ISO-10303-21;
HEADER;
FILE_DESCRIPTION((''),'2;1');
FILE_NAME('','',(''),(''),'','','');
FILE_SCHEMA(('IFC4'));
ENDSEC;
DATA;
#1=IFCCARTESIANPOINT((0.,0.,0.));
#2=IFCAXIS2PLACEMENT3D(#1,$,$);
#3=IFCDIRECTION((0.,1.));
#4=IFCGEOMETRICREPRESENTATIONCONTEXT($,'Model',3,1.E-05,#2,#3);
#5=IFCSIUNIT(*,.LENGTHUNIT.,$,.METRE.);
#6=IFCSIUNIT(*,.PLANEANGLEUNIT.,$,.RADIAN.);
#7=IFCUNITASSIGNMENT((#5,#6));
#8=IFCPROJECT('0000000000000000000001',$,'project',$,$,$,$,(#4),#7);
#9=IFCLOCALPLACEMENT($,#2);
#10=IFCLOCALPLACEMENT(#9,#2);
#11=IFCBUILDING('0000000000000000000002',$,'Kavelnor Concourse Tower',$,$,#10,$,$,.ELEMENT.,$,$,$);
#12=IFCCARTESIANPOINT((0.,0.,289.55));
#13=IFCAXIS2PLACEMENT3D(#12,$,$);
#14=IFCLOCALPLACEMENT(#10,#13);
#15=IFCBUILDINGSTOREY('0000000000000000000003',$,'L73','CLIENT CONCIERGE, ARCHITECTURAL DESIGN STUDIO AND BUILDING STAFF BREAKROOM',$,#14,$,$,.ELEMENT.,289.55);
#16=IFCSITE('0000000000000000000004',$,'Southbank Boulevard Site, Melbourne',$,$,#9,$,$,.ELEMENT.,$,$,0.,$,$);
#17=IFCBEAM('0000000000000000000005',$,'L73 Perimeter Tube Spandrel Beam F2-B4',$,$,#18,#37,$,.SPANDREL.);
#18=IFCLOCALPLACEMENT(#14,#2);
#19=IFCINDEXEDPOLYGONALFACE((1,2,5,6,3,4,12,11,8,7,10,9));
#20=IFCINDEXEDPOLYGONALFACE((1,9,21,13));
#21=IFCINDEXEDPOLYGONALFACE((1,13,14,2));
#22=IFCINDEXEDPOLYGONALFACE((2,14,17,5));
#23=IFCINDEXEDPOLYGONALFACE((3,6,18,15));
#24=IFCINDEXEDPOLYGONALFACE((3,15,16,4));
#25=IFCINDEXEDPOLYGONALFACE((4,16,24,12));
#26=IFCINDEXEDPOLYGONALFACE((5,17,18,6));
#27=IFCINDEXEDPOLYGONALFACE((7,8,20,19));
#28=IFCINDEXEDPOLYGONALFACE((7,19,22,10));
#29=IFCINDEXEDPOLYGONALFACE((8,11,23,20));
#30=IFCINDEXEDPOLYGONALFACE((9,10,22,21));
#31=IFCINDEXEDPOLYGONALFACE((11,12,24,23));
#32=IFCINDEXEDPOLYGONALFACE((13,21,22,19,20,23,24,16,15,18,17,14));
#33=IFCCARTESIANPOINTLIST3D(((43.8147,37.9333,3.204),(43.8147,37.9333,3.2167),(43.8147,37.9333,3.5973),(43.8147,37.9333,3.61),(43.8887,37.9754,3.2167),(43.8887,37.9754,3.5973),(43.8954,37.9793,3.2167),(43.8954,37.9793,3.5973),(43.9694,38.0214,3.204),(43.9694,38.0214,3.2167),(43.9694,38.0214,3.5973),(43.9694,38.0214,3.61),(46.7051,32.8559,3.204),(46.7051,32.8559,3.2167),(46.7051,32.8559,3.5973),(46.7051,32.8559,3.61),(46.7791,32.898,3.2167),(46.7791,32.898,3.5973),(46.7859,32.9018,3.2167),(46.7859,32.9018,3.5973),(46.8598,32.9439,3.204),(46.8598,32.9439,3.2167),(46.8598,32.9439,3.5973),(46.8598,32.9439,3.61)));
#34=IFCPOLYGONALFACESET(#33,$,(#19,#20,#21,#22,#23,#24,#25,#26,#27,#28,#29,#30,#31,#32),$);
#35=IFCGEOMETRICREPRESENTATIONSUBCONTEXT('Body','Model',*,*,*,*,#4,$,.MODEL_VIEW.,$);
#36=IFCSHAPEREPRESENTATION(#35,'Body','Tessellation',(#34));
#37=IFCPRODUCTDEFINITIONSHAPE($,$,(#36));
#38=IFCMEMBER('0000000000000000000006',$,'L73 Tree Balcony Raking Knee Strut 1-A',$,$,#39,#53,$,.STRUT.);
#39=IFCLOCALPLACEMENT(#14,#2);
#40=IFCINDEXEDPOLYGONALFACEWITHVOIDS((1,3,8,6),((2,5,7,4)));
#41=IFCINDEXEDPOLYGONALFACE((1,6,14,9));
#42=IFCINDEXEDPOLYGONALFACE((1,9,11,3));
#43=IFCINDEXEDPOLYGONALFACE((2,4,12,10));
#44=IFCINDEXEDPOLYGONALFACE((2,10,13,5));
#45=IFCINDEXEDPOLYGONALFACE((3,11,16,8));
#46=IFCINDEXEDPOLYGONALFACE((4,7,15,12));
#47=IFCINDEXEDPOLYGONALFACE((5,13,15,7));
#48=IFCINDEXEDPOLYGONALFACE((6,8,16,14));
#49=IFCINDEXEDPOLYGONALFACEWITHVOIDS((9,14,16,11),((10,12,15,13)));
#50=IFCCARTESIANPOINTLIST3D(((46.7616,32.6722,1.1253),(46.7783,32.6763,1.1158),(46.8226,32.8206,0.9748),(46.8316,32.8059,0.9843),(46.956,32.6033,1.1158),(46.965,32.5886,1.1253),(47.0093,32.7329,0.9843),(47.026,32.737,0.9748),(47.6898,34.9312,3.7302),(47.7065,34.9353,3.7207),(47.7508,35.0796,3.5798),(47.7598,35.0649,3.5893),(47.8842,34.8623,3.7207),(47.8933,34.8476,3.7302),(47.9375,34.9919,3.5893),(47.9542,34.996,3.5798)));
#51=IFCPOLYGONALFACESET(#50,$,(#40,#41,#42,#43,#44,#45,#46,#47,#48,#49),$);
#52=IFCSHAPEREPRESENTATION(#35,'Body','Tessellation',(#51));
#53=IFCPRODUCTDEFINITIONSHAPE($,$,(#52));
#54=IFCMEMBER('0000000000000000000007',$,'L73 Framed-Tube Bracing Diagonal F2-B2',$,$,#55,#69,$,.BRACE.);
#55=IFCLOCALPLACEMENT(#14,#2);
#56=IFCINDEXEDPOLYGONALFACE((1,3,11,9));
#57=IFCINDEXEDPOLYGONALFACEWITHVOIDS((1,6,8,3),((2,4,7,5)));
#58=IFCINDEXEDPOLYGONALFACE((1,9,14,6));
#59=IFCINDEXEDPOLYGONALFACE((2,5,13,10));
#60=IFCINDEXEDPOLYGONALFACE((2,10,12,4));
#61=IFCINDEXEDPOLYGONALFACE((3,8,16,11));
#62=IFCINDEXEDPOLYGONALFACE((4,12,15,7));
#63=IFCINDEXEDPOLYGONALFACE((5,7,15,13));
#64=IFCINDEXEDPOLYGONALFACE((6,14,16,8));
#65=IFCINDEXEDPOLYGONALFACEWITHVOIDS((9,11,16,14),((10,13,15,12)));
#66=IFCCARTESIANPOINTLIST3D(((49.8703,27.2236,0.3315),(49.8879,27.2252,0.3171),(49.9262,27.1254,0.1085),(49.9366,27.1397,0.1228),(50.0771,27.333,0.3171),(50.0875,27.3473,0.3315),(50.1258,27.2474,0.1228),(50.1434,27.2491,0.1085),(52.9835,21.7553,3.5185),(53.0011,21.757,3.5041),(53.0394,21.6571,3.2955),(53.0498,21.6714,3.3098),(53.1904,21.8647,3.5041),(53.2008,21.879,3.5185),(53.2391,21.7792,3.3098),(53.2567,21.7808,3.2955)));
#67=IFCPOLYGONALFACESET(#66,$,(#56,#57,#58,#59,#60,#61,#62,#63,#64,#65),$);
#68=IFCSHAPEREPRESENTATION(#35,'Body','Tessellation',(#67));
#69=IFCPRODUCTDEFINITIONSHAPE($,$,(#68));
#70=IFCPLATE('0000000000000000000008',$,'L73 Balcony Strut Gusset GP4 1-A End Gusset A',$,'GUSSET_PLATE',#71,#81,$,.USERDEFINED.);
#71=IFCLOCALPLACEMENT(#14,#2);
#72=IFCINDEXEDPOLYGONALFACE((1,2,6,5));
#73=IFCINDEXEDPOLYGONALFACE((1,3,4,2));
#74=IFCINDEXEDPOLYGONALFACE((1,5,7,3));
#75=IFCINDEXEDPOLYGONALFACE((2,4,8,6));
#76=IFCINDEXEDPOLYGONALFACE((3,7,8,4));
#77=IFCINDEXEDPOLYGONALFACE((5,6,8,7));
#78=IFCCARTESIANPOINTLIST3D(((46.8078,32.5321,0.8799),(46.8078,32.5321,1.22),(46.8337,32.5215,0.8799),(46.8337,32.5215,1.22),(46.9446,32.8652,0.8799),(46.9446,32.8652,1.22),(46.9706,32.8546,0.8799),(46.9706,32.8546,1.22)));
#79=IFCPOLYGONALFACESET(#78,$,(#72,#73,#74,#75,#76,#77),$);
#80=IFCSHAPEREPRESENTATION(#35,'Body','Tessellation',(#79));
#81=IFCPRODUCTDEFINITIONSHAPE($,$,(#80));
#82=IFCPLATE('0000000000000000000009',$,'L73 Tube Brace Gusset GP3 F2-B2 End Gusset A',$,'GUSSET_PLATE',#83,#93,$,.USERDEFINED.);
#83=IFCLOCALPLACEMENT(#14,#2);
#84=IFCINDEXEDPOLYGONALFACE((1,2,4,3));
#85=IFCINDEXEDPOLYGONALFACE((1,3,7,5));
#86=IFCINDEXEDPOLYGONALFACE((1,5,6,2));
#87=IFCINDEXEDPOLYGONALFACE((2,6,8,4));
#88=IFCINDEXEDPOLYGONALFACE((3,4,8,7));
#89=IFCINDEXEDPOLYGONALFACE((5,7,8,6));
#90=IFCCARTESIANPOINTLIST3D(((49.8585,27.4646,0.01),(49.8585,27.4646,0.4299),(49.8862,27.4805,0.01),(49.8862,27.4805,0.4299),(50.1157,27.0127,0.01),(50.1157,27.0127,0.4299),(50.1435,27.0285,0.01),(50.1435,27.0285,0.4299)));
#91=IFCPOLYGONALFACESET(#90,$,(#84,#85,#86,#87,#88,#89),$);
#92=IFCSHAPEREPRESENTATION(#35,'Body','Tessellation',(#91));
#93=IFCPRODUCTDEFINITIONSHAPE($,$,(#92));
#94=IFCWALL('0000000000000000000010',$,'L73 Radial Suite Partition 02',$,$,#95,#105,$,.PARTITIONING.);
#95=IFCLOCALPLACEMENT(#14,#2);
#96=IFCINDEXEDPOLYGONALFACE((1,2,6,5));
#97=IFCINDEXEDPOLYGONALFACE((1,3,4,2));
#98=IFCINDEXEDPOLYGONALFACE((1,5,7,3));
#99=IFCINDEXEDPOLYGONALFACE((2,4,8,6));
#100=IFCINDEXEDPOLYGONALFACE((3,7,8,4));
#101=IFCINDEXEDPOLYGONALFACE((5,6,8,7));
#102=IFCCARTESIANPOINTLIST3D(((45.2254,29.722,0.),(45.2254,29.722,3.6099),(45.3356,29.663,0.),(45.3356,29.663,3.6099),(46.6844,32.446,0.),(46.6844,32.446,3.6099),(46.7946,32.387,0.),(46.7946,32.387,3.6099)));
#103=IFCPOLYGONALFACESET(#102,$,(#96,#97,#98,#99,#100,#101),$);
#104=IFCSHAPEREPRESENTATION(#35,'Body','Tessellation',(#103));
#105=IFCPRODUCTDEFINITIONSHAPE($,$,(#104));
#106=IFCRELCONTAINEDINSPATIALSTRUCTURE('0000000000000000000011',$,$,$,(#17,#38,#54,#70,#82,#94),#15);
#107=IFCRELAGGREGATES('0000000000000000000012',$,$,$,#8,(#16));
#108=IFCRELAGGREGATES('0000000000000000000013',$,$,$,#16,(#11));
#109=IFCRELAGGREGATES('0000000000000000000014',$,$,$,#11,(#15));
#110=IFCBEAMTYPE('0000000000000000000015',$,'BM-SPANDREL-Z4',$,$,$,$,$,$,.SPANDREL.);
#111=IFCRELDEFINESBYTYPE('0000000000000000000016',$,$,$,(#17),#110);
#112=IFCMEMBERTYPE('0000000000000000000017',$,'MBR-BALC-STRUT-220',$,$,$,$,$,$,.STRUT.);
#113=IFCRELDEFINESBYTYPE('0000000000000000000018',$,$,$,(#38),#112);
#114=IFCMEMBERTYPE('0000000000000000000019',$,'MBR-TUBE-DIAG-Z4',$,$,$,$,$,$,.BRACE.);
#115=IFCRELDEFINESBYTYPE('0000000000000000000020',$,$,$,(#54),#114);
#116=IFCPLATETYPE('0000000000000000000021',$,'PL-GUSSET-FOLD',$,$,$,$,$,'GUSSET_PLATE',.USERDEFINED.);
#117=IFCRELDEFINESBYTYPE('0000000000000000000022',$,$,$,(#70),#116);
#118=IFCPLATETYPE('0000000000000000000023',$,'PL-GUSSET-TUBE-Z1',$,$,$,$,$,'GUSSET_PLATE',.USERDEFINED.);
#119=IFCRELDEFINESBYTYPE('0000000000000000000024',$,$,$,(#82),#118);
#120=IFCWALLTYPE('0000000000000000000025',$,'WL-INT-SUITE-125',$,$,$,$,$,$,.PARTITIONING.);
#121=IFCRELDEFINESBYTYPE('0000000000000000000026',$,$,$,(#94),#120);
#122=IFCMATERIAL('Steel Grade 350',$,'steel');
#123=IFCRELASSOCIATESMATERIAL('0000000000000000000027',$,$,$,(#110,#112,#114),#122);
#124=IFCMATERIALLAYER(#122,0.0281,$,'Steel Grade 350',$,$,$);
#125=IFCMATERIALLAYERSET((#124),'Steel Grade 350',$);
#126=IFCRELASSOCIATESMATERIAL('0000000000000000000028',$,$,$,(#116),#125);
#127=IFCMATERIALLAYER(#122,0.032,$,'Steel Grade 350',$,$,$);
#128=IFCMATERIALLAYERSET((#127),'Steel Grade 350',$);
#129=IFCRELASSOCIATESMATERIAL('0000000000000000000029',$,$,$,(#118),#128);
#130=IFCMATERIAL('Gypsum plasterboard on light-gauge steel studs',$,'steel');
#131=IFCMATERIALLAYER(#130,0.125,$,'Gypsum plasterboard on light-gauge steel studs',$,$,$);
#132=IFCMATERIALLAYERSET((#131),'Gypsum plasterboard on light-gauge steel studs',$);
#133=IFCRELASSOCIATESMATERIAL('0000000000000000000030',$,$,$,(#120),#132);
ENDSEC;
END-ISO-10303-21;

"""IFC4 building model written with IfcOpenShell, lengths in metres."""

from ifc_helpers import new_model, si_unit, direction, frame, frame_2d, origin, origin_2d, place, context, subcontext, project, spatial, rectangle, hollow_rectangle, i_section, extrude, material, layer, layer_set, material_profile, profile_set, type_object, element, save


model = new_model("IFC4")

# Units and contexts
model_context = context("Model", 3, precision=1e-05, world=origin(), true_north=direction((0.0, 1.0)))
body_context = subcontext(model_context, "Body", "Model", "MODEL_VIEW")
ifc_project = project(units=[si_unit("LENGTHUNIT", "METRE"), si_unit("PLANEANGLEUNIT", "RADIAN")], contexts=[model_context])

# Site, building, storey
site_placement = place(None, origin())
site = spatial("IfcSite", under=ifc_project, at=site_placement, Name="Southbank Boulevard Site, Melbourne", CompositionType="ELEMENT", RefElevation=0.0)
building_placement = place(site_placement, origin())
building = spatial("IfcBuilding", under=site, at=building_placement, Name="Kavelnor Concourse Tower", CompositionType="ELEMENT")
storey_placement = place(building_placement, frame((0.0, 0.0, 289.55)))
storey = spatial("IfcBuildingStorey", under=building, at=storey_placement, Name="L73", Description="CLIENT CONCIERGE, ARCHITECTURAL DESIGN STUDIO AND BUILDING STAFF BREAKROOM", CompositionType="ELEMENT", Elevation=289.55)

# Shared definitions
ifc_material_1 = material(Name="Steel Grade 350", Category="steel")

# Beam
ifc_material_profile_1 = material_profile(ifc_material_1, i_section(OverallWidth=0.178, OverallDepth=0.406, WebThickness=0.0078, FlangeThickness=0.0127, at=origin_2d()), Name="410UB59")
ifc_profile_set_1 = profile_set([ifc_material_profile_1], Name="Steel Grade 350")
beam_type_1 = type_object("IfcBeamType", Name="BM-SPANDREL-Z4", PredefinedType="SPANDREL", material=ifc_profile_set_1)
beam_1_placement = place(storey_placement, frame((46.7825, 32.8999, 3.407), z_axis=(-0.494721, 0.869052, 0.0), x_axis=(-0.869052, -0.494721, 0.0)))
element("IfcBeam", 1, at=beam_1_placement, inside=storey, type_object=beam_type_1, Name="L73 Perimeter Tube Spandrel Beam F2-B4", PredefinedType="SPANDREL", context=body_context, shape_type="SweptSolid", body=[
    extrude(i_section(OverallWidth=0.178, OverallDepth=0.406, WebThickness=0.0078, FlangeThickness=0.0127, at=origin_2d()), origin(), (0.0, 0.0, 1.0), 5.8425),
])

# Members
ifc_material_profile_2 = material_profile(ifc_material_1, hollow_rectangle(XDim=0.22, YDim=0.22, WallThickness=0.0139, at=origin_2d()), Name="SHS 220x220x14")
ifc_profile_set_2 = profile_set([ifc_material_profile_2], Name="Steel Grade 350")
member_type_1 = type_object("IfcMemberType", Name="MBR-BALC-STRUT-220", PredefinedType="STRUT", material=ifc_profile_set_2)
member_1_placement = place(storey_placement, frame((46.8938, 32.7046, 1.05), z_axis=(0.259947, 0.632637, 0.729519), x_axis=(-0.924961, 0.380061, 0.0)))
element("IfcMember", 2, at=member_1_placement, inside=storey, type_object=member_type_1, Name="L73 Tree Balcony Raking Knee Strut 1-A", PredefinedType="STRUT", context=body_context, shape_type="SweptSolid", body=[
    extrude(hollow_rectangle(XDim=0.22, YDim=0.22, WallThickness=0.0139, at=origin_2d()), origin(), (0.0, 0.0, 1.0), 3.5708),
])
ifc_material_profile_3 = material_profile(ifc_material_1, hollow_rectangle(XDim=0.25, YDim=0.25, WallThickness=0.0161, at=origin_2d()), Name="SHS 250x250x16")
ifc_profile_set_3 = profile_set([ifc_material_profile_3], Name="Steel Grade 350")
member_type_2 = type_object("IfcMemberType", Name="MBR-TUBE-DIAG-Z4", PredefinedType="BRACE", material=ifc_profile_set_3)
member_2_placement = place(storey_placement, frame((50.0068, 27.2363, 0.22), z_axis=(0.441383, -0.775258, 0.451836), x_axis=(0.869025, 0.494768, 0.0)))
element("IfcMember", 3, at=member_2_placement, inside=storey, type_object=member_type_2, Name="L73 Framed-Tube Bracing Diagonal F2-B2", PredefinedType="BRACE", context=body_context, shape_type="SweptSolid", body=[
    extrude(hollow_rectangle(XDim=0.25, YDim=0.25, WallThickness=0.0161, at=origin_2d()), origin(), (0.0, 0.0, 1.0), 7.0535),
])

# Plates
ifc_layer_1 = layer(ifc_material_1, 0.0281, Name="Steel Grade 350")
ifc_layer_set_1 = layer_set([ifc_layer_1], Name="Steel Grade 350")
plate_type_1 = type_object("IfcPlateType", Name="PL-GUSSET-FOLD", ElementType="GUSSET_PLATE", PredefinedType="USERDEFINED", material=ifc_layer_set_1)
plate_1_placement = place(storey_placement, frame((46.8892, 32.6934, 0.8799), z_axis=(0.0, 0.0, 1.0), x_axis=(0.379941, 0.925011, 0.0)))
element("IfcPlate", 4, at=plate_1_placement, inside=storey, type_object=plate_type_1, Name="L73 Balcony Strut Gusset GP4 1-A End Gusset A", ObjectType="GUSSET_PLATE", PredefinedType="USERDEFINED", context=body_context, shape_type="SweptSolid", body=[
    extrude(rectangle(XDim=0.3601, YDim=0.0281, at=origin_2d()), origin(), (0.0, 0.0, 1.0), 0.3401),
])
ifc_layer_2 = layer(ifc_material_1, 0.032, Name="Steel Grade 350")
ifc_layer_set_2 = layer_set([ifc_layer_2], Name="Steel Grade 350")
plate_type_2 = type_object("IfcPlateType", Name="PL-GUSSET-TUBE-Z1", ElementType="GUSSET_PLATE", PredefinedType="USERDEFINED", material=ifc_layer_set_2)
plate_2_placement = place(storey_placement, frame((50.001, 27.2466, 0.01), z_axis=(0.0, 0.0, 1.0), x_axis=(0.4947, -0.869064, 0.0)))
element("IfcPlate", 5, at=plate_2_placement, inside=storey, type_object=plate_type_2, Name="L73 Tube Brace Gusset GP3 F2-B2 End Gusset A", ObjectType="GUSSET_PLATE", PredefinedType="USERDEFINED", context=body_context, shape_type="SweptSolid", body=[
    extrude(rectangle(XDim=0.52, YDim=0.032, at=origin_2d()), origin(), (0.0, 0.0, 1.0), 0.4199),
])

# Wall
ifc_material_2 = material(Name="Gypsum plasterboard on light-gauge steel studs", Category="steel")
ifc_layer_3 = layer(ifc_material_2, 0.125, Name="Gypsum plasterboard on light-gauge steel studs")
ifc_layer_set_3 = layer_set([ifc_layer_3], Name="Gypsum plasterboard on light-gauge steel studs")
wall_type = type_object("IfcWallType", Name="WL-INT-SUITE-125", PredefinedType="PARTITIONING", material=ifc_layer_set_3)
wall_placement = place(storey_placement, frame((45.2805, 29.6926, 0.0), z_axis=(0.0, 0.0, 1.0), x_axis=(0.472162, 0.881512, 0.0)))
element("IfcWall", 6, at=wall_placement, inside=storey, type_object=wall_type, Name="L73 Radial Suite Partition 02", PredefinedType="PARTITIONING", context=body_context, shape_type="SweptSolid", body=[
    extrude(rectangle(XDim=3.0901, YDim=0.125, at=frame_2d((1.5449, 0.0))), origin(), (0.0, 0.0, 1.0), 3.6099),
])

save(model, "model.ifc")
